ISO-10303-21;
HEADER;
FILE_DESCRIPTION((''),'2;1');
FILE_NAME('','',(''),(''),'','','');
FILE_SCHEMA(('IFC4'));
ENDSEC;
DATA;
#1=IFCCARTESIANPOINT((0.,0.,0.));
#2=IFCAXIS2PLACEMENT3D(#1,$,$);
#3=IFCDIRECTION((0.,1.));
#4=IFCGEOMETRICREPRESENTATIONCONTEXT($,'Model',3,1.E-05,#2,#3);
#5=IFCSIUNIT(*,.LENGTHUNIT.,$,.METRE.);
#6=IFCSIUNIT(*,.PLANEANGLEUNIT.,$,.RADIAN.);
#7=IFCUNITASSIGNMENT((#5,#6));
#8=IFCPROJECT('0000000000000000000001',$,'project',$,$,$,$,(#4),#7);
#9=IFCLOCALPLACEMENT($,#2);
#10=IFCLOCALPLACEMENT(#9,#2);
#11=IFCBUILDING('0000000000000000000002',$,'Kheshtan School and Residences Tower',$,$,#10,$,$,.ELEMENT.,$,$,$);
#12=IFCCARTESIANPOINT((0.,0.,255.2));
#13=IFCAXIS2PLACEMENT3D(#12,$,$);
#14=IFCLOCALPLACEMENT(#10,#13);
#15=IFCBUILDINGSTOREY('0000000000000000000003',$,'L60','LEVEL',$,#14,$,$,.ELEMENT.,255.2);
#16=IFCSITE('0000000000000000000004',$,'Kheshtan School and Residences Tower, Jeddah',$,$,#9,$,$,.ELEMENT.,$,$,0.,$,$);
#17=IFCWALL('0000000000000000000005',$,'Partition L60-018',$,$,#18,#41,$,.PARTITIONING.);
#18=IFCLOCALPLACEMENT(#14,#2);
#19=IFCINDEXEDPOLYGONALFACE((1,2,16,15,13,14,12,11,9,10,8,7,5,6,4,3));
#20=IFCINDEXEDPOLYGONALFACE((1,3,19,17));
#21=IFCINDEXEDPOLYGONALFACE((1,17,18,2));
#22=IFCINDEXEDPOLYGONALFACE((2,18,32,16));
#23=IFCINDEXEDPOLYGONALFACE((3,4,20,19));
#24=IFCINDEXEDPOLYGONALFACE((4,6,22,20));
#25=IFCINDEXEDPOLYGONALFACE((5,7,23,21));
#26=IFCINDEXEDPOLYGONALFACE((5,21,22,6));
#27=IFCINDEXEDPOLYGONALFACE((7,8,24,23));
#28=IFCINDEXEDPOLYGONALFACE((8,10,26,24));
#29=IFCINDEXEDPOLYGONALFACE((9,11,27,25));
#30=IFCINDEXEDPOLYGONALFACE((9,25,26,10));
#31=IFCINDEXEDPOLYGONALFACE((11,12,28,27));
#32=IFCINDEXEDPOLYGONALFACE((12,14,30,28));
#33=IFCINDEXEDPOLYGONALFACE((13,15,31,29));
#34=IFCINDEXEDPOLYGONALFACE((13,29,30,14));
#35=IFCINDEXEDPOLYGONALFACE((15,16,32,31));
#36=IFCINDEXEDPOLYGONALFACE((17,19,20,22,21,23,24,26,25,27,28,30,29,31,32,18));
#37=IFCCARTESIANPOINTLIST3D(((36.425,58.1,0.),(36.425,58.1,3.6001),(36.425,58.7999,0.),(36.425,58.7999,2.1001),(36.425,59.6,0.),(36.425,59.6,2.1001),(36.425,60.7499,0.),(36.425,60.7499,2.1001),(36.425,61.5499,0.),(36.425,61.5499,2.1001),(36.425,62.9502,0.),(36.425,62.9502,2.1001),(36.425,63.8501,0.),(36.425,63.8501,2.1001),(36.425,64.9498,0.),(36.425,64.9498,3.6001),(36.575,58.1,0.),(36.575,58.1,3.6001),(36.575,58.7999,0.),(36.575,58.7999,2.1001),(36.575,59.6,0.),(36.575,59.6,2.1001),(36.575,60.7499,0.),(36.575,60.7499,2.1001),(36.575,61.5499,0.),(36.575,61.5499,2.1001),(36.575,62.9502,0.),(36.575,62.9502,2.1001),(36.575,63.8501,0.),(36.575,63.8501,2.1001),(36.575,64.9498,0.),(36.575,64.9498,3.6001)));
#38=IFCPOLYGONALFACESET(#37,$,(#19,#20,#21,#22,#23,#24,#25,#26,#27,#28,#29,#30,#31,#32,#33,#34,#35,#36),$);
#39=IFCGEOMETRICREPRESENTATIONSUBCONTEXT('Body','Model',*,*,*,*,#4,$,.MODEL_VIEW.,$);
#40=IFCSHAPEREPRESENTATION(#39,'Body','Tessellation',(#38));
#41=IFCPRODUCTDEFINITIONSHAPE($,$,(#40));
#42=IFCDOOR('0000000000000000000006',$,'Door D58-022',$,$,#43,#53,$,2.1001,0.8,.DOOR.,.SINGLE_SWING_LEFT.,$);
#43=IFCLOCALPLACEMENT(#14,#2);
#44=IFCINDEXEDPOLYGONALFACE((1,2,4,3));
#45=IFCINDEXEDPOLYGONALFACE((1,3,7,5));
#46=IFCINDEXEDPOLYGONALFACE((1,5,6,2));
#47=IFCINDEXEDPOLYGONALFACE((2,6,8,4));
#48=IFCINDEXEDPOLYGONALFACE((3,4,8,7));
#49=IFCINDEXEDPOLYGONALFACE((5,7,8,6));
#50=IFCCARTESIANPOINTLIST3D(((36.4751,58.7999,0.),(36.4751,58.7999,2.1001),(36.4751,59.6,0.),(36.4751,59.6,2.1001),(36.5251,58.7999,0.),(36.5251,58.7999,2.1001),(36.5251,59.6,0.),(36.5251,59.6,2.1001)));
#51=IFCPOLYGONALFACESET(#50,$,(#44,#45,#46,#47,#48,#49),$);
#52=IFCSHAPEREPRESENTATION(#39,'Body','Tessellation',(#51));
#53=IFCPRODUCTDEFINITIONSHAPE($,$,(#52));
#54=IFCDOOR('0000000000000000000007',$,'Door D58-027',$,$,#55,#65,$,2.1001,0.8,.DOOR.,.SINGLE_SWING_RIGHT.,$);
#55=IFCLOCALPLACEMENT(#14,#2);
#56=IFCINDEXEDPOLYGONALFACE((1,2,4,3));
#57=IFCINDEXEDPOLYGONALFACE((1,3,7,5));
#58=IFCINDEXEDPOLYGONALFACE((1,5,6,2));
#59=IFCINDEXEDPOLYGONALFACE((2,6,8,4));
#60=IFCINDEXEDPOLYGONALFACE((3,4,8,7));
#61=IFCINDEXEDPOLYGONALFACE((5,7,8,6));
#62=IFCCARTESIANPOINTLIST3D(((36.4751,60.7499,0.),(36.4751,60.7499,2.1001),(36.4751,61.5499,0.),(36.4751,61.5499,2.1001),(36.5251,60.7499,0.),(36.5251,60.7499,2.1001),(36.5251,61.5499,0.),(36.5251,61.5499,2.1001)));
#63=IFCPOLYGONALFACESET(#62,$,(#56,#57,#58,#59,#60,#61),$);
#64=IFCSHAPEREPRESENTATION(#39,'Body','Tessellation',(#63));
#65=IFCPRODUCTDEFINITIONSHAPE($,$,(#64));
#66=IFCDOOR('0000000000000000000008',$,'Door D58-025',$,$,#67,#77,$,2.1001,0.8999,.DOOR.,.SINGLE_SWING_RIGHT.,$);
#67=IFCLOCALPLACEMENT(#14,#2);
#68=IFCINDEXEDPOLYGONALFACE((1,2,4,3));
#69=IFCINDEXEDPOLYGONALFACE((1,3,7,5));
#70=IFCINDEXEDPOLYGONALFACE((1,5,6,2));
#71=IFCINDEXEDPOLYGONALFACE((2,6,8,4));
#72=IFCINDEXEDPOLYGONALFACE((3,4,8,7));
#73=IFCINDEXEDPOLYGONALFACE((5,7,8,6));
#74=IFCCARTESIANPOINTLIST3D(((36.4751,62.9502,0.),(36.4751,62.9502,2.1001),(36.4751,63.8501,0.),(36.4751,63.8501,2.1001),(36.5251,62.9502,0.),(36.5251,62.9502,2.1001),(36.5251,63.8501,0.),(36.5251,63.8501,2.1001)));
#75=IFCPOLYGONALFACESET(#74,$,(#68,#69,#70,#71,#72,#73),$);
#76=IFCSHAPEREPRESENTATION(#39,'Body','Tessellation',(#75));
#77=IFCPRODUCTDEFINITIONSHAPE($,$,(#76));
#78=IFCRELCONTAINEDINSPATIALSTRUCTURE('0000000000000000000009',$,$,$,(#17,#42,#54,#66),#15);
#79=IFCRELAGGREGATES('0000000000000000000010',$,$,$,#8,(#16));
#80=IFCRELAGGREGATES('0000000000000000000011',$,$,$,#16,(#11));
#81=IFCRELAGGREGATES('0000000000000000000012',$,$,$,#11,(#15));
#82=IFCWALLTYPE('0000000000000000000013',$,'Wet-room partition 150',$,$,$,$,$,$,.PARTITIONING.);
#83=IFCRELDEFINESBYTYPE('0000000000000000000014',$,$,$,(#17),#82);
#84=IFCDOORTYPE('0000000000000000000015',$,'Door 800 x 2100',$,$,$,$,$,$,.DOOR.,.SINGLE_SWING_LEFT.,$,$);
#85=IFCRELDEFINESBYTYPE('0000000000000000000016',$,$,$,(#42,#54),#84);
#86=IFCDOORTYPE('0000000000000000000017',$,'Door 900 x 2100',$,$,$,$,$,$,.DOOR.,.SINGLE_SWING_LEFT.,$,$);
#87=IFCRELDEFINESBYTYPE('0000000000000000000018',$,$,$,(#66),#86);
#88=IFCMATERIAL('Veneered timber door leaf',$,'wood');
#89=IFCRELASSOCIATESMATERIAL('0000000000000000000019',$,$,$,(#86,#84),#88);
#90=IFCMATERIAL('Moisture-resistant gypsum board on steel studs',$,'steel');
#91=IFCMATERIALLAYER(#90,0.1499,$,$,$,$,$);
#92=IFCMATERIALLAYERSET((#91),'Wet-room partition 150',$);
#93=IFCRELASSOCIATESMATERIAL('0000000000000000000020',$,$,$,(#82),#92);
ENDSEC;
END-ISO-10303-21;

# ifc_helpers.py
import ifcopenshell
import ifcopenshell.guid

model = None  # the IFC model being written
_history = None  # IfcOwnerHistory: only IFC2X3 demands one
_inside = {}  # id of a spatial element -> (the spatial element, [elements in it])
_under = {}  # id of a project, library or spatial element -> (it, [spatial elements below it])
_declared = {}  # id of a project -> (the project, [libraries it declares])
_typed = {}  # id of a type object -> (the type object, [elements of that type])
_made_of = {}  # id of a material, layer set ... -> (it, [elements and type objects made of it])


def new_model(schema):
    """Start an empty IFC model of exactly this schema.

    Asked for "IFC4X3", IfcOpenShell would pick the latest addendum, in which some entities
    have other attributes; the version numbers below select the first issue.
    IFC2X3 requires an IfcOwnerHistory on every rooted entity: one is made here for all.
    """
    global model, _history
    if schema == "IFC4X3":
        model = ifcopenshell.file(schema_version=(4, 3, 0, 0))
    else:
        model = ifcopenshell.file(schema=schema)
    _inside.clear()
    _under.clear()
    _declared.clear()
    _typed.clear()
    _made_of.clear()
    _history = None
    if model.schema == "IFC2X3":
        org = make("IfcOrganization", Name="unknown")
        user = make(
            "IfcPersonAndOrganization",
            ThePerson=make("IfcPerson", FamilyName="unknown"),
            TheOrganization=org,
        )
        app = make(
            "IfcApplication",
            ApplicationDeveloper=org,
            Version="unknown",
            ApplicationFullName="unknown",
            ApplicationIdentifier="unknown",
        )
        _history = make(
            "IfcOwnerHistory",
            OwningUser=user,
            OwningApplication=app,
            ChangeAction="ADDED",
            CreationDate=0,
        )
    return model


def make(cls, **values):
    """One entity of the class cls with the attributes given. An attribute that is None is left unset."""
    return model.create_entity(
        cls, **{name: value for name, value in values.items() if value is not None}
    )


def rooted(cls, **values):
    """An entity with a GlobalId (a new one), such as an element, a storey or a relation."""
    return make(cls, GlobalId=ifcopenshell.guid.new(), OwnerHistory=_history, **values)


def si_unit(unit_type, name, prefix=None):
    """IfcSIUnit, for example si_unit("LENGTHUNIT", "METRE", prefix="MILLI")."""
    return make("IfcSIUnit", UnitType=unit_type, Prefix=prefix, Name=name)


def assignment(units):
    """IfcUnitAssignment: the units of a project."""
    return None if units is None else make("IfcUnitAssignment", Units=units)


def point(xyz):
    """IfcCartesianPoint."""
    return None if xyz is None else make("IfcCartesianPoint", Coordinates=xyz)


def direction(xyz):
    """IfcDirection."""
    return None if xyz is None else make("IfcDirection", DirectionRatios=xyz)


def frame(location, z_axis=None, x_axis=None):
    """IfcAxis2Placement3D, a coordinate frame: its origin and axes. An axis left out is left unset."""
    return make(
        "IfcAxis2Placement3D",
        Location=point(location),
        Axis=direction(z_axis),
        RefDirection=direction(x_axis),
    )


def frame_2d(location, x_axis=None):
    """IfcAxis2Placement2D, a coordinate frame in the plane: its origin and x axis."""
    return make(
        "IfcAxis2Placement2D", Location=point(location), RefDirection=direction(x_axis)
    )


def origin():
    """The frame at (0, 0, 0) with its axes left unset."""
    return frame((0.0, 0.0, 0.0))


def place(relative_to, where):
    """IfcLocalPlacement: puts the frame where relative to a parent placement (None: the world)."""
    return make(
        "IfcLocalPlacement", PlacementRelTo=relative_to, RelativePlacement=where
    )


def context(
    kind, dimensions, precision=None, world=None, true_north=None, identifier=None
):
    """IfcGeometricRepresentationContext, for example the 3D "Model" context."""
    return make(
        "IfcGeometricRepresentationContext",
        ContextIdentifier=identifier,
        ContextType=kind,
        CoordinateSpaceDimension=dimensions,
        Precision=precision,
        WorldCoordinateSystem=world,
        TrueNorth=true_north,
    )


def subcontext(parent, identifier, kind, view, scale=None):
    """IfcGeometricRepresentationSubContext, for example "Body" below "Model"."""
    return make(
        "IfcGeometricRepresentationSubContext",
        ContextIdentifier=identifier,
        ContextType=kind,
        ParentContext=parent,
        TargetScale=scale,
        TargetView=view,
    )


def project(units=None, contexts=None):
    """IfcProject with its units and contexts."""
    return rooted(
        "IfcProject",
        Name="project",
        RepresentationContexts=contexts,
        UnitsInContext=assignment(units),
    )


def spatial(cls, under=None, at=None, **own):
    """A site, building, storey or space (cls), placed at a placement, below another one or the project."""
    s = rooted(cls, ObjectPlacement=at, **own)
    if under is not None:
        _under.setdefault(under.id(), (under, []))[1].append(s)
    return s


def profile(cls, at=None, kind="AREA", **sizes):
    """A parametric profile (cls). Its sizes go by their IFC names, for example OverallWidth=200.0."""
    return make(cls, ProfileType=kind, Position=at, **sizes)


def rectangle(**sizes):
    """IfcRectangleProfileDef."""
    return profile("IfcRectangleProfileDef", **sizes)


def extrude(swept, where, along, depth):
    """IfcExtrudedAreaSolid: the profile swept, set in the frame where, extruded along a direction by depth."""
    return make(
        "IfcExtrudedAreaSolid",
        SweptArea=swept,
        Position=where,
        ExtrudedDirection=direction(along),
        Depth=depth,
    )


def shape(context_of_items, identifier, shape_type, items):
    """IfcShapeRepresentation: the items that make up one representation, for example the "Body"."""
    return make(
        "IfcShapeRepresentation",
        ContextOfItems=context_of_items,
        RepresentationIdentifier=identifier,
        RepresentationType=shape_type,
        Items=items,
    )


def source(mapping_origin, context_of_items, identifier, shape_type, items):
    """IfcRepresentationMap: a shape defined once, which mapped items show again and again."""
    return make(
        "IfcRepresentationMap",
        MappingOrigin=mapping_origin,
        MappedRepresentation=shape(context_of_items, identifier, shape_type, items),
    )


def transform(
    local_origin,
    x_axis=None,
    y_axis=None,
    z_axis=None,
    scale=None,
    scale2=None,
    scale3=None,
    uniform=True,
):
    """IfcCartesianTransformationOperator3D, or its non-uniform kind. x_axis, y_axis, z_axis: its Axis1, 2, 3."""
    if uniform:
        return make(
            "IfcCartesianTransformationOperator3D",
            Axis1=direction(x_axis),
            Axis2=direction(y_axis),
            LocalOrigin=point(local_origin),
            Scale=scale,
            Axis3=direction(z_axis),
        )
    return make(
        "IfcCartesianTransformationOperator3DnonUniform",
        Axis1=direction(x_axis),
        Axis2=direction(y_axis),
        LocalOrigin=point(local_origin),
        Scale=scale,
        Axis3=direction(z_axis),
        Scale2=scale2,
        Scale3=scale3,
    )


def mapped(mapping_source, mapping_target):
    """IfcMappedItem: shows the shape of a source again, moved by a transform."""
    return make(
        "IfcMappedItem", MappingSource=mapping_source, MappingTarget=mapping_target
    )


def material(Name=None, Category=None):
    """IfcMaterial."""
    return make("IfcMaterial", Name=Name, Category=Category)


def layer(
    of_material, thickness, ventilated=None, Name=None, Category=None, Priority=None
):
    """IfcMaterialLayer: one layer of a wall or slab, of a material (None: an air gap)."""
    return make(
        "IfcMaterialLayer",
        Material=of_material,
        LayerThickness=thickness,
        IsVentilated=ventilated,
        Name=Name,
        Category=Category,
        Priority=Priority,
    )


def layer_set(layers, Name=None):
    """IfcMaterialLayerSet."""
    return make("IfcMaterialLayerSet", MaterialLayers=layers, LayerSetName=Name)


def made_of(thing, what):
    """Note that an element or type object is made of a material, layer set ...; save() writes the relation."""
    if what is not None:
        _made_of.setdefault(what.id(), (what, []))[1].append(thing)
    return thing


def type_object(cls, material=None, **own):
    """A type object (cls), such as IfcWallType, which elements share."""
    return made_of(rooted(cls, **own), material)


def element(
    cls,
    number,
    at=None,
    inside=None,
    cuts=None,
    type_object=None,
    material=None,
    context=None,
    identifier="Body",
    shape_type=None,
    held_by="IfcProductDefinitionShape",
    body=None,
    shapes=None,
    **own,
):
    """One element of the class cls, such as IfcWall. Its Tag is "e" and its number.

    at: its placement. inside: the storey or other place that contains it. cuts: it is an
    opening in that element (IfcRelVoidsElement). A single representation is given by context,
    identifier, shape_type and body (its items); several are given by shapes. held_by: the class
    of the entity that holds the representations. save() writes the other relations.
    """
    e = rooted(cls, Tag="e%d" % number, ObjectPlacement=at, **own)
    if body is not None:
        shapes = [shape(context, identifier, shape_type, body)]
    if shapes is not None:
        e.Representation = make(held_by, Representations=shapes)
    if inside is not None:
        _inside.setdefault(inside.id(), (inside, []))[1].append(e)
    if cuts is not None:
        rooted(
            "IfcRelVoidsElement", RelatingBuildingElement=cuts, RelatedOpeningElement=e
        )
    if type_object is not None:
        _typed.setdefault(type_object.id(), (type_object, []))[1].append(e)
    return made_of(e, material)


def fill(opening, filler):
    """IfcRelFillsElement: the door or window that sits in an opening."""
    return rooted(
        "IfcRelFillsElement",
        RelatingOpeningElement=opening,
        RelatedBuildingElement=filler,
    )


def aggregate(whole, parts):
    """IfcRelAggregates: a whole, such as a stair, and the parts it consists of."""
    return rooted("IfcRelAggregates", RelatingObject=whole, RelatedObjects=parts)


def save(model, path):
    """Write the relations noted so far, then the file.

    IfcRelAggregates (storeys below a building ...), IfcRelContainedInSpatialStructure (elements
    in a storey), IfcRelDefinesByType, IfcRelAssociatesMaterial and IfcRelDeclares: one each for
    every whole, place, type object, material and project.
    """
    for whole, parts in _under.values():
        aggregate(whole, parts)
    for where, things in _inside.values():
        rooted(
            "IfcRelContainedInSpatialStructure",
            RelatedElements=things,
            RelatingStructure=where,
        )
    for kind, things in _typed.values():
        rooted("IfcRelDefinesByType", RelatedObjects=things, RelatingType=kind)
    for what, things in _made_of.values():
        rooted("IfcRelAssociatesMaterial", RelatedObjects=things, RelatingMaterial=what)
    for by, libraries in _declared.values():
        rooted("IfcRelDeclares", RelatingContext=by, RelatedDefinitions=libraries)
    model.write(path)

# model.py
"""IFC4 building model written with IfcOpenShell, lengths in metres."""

from ifc_helpers import new_model, si_unit, direction, frame, frame_2d, origin, place, context, subcontext, project, spatial, rectangle, extrude, source, transform, mapped, material, layer, layer_set, type_object, element, fill, save


model = new_model("IFC4")

# Units and contexts
model_context = context("Model", 3, precision=1e-05, world=origin(), true_north=direction((0.0, 1.0)))
body_context = subcontext(model_context, "Body", "Model", "MODEL_VIEW")
ifc_project = project(units=[si_unit("LENGTHUNIT", "METRE"), si_unit("PLANEANGLEUNIT", "RADIAN")], contexts=[model_context])

# Site, building, storey
site_placement = place(None, origin())
site = spatial("IfcSite", under=ifc_project, at=site_placement, Name="Kheshtan School and Residences Tower, Jeddah", CompositionType="ELEMENT", RefElevation=0.0)
building_placement = place(site_placement, origin())
building = spatial("IfcBuilding", under=site, at=building_placement, Name="Kheshtan School and Residences Tower", CompositionType="ELEMENT")
storey_placement = place(building_placement, frame((0.0, 0.0, 255.2)))
storey = spatial("IfcBuildingStorey", under=building, at=storey_placement, Name="L60", Description="LEVEL", CompositionType="ELEMENT", Elevation=255.2)

# Shared definitions
ifc_material_1 = material(Name="Veneered timber door leaf", Category="wood")
door_type_1 = type_object("IfcDoorType", Name="Door 900 x 2100", OperationType="SINGLE_SWING_LEFT", PredefinedType="DOOR", material=ifc_material_1)
shared_shape_1 = source(origin(), body_context, "Body", "SweptSolid", [
    extrude(rectangle(XDim=0.8999, YDim=2.1001, at=frame_2d((0.45, 1.05))), frame((0.0, 0.0249, 0.0), z_axis=(0.0, -1.0, 0.0), x_axis=(1.0, 0.0, 0.0)), (0.0, 0.0, 1.0), 0.05),
])

# Shared definitions
ifc_material_2 = material(Name="Moisture-resistant gypsum board on steel studs", Category="steel")
ifc_layer_1 = layer(ifc_material_2, 0.1499)
ifc_layer_set_1 = layer_set([ifc_layer_1], Name="Wet-room partition 150")
wall_type_1 = type_object("IfcWallType", Name="Wet-room partition 150", PredefinedType="PARTITIONING", material=ifc_layer_set_1)

# Wall, openings, doors
wall_1_placement = place(storey_placement, frame((36.5, 58.1001, 0.0), z_axis=(0.0, 0.0, 1.0), x_axis=(0.0, 1.0, 0.0)))
wall_1 = element("IfcWall", 1, at=wall_1_placement, inside=storey, type_object=wall_type_1, Name="Partition L60-018", PredefinedType="PARTITIONING", context=body_context, shape_type="SweptSolid", body=[
    extrude(rectangle(XDim=6.8499, YDim=0.1499, at=frame_2d((3.4248, 0.0))), origin(), (0.0, 0.0, 1.0), 3.6001),
])
opening_1_placement = place(wall_1_placement, frame((0.7, 0.0, 0.0)))
opening_1 = element("IfcOpeningElement", 2, at=opening_1_placement, cuts=wall_1, PredefinedType="OPENING", context=body_context, shape_type="SweptSolid", body=[
    extrude(rectangle(XDim=0.8, YDim=2.1001, at=frame_2d((0.3999, 1.05))), frame((0.0, 0.085, 0.0), z_axis=(0.0, -1.0, 0.0), x_axis=(1.0, 0.0, 0.0)), (0.0, 0.0, 1.0), 0.1699),
])
opening_2_placement = place(wall_1_placement, frame((4.8501, 0.0, 0.0)))
opening_2 = element("IfcOpeningElement", 3, at=opening_2_placement, cuts=wall_1, PredefinedType="OPENING", context=body_context, shape_type="SweptSolid", body=[
    extrude(rectangle(XDim=0.8999, YDim=2.1001, at=frame_2d((0.45, 1.05))), frame((0.0, 0.085, 0.0), z_axis=(0.0, -1.0, 0.0), x_axis=(1.0, 0.0, 0.0)), (0.0, 0.0, 1.0), 0.1699),
])
opening_3_placement = place(wall_1_placement, frame((2.6499, 0.0, 0.0)))
opening_3 = element("IfcOpeningElement", 4, at=opening_3_placement, cuts=wall_1, PredefinedType="OPENING", context=body_context, shape_type="SweptSolid", body=[
    extrude(rectangle(XDim=0.8, YDim=2.1001, at=frame_2d((0.3999, 1.05))), frame((0.0, 0.085, 0.0), z_axis=(0.0, -1.0, 0.0), x_axis=(1.0, 0.0, 0.0)), (0.0, 0.0, 1.0), 0.1699),
])
door_type_2 = type_object("IfcDoorType", Name="Door 800 x 2100", OperationType="SINGLE_SWING_LEFT", PredefinedType="DOOR", material=ifc_material_1)
shared_shape_2 = source(origin(), body_context, "Body", "SweptSolid", [
    extrude(rectangle(XDim=0.8, YDim=2.1001, at=frame_2d((0.3999, 1.05))), frame((0.0, 0.0249, 0.0), z_axis=(0.0, -1.0, 0.0), x_axis=(1.0, 0.0, 0.0)), (0.0, 0.0, 1.0), 0.05),
])
door_1_placement = place(opening_1_placement, origin())
door_1 = element("IfcDoor", 5, at=door_1_placement, inside=storey, type_object=door_type_2, Name="Door D58-022", OperationType="SINGLE_SWING_LEFT", OverallHeight=2.1001, OverallWidth=0.8, PredefinedType="DOOR", context=body_context, shape_type="MappedRepresentation", body=[
    mapped(shared_shape_2, transform((0.0, 0.0, 0.0), x_axis=(1.0, 0.0, 0.0), y_axis=(0.0, 1.0, 0.0), z_axis=(0.0, 0.0, 1.0), scale=1.0)),
])
fill(opening_1, door_1)
door_2_placement = place(opening_3_placement, origin())
door_2 = element("IfcDoor", 6, at=door_2_placement, inside=storey, type_object=door_type_2, Name="Door D58-027", OperationType="SINGLE_SWING_RIGHT", OverallHeight=2.1001, OverallWidth=0.8, PredefinedType="DOOR", context=body_context, shape_type="MappedRepresentation", body=[
    mapped(shared_shape_2, transform((0.0, 0.0, 0.0), x_axis=(1.0, 0.0, 0.0), y_axis=(0.0, 1.0, 0.0), z_axis=(0.0, 0.0, 1.0), scale=1.0)),
])
fill(opening_3, door_2)
door_3_placement = place(opening_2_placement, origin())
door_3 = element("IfcDoor", 7, at=door_3_placement, inside=storey, type_object=door_type_1, Name="Door D58-025", OperationType="SINGLE_SWING_RIGHT", OverallHeight=2.1001, OverallWidth=0.8999, PredefinedType="DOOR", context=body_context, shape_type="MappedRepresentation", body=[
    mapped(shared_shape_1, transform((0.0, 0.0, 0.0), x_axis=(1.0, 0.0, 0.0), y_axis=(0.0, 1.0, 0.0), z_axis=(0.0, 0.0, 1.0), scale=1.0)),
])
fill(opening_2, door_3)

save(model, "model.ifc")
